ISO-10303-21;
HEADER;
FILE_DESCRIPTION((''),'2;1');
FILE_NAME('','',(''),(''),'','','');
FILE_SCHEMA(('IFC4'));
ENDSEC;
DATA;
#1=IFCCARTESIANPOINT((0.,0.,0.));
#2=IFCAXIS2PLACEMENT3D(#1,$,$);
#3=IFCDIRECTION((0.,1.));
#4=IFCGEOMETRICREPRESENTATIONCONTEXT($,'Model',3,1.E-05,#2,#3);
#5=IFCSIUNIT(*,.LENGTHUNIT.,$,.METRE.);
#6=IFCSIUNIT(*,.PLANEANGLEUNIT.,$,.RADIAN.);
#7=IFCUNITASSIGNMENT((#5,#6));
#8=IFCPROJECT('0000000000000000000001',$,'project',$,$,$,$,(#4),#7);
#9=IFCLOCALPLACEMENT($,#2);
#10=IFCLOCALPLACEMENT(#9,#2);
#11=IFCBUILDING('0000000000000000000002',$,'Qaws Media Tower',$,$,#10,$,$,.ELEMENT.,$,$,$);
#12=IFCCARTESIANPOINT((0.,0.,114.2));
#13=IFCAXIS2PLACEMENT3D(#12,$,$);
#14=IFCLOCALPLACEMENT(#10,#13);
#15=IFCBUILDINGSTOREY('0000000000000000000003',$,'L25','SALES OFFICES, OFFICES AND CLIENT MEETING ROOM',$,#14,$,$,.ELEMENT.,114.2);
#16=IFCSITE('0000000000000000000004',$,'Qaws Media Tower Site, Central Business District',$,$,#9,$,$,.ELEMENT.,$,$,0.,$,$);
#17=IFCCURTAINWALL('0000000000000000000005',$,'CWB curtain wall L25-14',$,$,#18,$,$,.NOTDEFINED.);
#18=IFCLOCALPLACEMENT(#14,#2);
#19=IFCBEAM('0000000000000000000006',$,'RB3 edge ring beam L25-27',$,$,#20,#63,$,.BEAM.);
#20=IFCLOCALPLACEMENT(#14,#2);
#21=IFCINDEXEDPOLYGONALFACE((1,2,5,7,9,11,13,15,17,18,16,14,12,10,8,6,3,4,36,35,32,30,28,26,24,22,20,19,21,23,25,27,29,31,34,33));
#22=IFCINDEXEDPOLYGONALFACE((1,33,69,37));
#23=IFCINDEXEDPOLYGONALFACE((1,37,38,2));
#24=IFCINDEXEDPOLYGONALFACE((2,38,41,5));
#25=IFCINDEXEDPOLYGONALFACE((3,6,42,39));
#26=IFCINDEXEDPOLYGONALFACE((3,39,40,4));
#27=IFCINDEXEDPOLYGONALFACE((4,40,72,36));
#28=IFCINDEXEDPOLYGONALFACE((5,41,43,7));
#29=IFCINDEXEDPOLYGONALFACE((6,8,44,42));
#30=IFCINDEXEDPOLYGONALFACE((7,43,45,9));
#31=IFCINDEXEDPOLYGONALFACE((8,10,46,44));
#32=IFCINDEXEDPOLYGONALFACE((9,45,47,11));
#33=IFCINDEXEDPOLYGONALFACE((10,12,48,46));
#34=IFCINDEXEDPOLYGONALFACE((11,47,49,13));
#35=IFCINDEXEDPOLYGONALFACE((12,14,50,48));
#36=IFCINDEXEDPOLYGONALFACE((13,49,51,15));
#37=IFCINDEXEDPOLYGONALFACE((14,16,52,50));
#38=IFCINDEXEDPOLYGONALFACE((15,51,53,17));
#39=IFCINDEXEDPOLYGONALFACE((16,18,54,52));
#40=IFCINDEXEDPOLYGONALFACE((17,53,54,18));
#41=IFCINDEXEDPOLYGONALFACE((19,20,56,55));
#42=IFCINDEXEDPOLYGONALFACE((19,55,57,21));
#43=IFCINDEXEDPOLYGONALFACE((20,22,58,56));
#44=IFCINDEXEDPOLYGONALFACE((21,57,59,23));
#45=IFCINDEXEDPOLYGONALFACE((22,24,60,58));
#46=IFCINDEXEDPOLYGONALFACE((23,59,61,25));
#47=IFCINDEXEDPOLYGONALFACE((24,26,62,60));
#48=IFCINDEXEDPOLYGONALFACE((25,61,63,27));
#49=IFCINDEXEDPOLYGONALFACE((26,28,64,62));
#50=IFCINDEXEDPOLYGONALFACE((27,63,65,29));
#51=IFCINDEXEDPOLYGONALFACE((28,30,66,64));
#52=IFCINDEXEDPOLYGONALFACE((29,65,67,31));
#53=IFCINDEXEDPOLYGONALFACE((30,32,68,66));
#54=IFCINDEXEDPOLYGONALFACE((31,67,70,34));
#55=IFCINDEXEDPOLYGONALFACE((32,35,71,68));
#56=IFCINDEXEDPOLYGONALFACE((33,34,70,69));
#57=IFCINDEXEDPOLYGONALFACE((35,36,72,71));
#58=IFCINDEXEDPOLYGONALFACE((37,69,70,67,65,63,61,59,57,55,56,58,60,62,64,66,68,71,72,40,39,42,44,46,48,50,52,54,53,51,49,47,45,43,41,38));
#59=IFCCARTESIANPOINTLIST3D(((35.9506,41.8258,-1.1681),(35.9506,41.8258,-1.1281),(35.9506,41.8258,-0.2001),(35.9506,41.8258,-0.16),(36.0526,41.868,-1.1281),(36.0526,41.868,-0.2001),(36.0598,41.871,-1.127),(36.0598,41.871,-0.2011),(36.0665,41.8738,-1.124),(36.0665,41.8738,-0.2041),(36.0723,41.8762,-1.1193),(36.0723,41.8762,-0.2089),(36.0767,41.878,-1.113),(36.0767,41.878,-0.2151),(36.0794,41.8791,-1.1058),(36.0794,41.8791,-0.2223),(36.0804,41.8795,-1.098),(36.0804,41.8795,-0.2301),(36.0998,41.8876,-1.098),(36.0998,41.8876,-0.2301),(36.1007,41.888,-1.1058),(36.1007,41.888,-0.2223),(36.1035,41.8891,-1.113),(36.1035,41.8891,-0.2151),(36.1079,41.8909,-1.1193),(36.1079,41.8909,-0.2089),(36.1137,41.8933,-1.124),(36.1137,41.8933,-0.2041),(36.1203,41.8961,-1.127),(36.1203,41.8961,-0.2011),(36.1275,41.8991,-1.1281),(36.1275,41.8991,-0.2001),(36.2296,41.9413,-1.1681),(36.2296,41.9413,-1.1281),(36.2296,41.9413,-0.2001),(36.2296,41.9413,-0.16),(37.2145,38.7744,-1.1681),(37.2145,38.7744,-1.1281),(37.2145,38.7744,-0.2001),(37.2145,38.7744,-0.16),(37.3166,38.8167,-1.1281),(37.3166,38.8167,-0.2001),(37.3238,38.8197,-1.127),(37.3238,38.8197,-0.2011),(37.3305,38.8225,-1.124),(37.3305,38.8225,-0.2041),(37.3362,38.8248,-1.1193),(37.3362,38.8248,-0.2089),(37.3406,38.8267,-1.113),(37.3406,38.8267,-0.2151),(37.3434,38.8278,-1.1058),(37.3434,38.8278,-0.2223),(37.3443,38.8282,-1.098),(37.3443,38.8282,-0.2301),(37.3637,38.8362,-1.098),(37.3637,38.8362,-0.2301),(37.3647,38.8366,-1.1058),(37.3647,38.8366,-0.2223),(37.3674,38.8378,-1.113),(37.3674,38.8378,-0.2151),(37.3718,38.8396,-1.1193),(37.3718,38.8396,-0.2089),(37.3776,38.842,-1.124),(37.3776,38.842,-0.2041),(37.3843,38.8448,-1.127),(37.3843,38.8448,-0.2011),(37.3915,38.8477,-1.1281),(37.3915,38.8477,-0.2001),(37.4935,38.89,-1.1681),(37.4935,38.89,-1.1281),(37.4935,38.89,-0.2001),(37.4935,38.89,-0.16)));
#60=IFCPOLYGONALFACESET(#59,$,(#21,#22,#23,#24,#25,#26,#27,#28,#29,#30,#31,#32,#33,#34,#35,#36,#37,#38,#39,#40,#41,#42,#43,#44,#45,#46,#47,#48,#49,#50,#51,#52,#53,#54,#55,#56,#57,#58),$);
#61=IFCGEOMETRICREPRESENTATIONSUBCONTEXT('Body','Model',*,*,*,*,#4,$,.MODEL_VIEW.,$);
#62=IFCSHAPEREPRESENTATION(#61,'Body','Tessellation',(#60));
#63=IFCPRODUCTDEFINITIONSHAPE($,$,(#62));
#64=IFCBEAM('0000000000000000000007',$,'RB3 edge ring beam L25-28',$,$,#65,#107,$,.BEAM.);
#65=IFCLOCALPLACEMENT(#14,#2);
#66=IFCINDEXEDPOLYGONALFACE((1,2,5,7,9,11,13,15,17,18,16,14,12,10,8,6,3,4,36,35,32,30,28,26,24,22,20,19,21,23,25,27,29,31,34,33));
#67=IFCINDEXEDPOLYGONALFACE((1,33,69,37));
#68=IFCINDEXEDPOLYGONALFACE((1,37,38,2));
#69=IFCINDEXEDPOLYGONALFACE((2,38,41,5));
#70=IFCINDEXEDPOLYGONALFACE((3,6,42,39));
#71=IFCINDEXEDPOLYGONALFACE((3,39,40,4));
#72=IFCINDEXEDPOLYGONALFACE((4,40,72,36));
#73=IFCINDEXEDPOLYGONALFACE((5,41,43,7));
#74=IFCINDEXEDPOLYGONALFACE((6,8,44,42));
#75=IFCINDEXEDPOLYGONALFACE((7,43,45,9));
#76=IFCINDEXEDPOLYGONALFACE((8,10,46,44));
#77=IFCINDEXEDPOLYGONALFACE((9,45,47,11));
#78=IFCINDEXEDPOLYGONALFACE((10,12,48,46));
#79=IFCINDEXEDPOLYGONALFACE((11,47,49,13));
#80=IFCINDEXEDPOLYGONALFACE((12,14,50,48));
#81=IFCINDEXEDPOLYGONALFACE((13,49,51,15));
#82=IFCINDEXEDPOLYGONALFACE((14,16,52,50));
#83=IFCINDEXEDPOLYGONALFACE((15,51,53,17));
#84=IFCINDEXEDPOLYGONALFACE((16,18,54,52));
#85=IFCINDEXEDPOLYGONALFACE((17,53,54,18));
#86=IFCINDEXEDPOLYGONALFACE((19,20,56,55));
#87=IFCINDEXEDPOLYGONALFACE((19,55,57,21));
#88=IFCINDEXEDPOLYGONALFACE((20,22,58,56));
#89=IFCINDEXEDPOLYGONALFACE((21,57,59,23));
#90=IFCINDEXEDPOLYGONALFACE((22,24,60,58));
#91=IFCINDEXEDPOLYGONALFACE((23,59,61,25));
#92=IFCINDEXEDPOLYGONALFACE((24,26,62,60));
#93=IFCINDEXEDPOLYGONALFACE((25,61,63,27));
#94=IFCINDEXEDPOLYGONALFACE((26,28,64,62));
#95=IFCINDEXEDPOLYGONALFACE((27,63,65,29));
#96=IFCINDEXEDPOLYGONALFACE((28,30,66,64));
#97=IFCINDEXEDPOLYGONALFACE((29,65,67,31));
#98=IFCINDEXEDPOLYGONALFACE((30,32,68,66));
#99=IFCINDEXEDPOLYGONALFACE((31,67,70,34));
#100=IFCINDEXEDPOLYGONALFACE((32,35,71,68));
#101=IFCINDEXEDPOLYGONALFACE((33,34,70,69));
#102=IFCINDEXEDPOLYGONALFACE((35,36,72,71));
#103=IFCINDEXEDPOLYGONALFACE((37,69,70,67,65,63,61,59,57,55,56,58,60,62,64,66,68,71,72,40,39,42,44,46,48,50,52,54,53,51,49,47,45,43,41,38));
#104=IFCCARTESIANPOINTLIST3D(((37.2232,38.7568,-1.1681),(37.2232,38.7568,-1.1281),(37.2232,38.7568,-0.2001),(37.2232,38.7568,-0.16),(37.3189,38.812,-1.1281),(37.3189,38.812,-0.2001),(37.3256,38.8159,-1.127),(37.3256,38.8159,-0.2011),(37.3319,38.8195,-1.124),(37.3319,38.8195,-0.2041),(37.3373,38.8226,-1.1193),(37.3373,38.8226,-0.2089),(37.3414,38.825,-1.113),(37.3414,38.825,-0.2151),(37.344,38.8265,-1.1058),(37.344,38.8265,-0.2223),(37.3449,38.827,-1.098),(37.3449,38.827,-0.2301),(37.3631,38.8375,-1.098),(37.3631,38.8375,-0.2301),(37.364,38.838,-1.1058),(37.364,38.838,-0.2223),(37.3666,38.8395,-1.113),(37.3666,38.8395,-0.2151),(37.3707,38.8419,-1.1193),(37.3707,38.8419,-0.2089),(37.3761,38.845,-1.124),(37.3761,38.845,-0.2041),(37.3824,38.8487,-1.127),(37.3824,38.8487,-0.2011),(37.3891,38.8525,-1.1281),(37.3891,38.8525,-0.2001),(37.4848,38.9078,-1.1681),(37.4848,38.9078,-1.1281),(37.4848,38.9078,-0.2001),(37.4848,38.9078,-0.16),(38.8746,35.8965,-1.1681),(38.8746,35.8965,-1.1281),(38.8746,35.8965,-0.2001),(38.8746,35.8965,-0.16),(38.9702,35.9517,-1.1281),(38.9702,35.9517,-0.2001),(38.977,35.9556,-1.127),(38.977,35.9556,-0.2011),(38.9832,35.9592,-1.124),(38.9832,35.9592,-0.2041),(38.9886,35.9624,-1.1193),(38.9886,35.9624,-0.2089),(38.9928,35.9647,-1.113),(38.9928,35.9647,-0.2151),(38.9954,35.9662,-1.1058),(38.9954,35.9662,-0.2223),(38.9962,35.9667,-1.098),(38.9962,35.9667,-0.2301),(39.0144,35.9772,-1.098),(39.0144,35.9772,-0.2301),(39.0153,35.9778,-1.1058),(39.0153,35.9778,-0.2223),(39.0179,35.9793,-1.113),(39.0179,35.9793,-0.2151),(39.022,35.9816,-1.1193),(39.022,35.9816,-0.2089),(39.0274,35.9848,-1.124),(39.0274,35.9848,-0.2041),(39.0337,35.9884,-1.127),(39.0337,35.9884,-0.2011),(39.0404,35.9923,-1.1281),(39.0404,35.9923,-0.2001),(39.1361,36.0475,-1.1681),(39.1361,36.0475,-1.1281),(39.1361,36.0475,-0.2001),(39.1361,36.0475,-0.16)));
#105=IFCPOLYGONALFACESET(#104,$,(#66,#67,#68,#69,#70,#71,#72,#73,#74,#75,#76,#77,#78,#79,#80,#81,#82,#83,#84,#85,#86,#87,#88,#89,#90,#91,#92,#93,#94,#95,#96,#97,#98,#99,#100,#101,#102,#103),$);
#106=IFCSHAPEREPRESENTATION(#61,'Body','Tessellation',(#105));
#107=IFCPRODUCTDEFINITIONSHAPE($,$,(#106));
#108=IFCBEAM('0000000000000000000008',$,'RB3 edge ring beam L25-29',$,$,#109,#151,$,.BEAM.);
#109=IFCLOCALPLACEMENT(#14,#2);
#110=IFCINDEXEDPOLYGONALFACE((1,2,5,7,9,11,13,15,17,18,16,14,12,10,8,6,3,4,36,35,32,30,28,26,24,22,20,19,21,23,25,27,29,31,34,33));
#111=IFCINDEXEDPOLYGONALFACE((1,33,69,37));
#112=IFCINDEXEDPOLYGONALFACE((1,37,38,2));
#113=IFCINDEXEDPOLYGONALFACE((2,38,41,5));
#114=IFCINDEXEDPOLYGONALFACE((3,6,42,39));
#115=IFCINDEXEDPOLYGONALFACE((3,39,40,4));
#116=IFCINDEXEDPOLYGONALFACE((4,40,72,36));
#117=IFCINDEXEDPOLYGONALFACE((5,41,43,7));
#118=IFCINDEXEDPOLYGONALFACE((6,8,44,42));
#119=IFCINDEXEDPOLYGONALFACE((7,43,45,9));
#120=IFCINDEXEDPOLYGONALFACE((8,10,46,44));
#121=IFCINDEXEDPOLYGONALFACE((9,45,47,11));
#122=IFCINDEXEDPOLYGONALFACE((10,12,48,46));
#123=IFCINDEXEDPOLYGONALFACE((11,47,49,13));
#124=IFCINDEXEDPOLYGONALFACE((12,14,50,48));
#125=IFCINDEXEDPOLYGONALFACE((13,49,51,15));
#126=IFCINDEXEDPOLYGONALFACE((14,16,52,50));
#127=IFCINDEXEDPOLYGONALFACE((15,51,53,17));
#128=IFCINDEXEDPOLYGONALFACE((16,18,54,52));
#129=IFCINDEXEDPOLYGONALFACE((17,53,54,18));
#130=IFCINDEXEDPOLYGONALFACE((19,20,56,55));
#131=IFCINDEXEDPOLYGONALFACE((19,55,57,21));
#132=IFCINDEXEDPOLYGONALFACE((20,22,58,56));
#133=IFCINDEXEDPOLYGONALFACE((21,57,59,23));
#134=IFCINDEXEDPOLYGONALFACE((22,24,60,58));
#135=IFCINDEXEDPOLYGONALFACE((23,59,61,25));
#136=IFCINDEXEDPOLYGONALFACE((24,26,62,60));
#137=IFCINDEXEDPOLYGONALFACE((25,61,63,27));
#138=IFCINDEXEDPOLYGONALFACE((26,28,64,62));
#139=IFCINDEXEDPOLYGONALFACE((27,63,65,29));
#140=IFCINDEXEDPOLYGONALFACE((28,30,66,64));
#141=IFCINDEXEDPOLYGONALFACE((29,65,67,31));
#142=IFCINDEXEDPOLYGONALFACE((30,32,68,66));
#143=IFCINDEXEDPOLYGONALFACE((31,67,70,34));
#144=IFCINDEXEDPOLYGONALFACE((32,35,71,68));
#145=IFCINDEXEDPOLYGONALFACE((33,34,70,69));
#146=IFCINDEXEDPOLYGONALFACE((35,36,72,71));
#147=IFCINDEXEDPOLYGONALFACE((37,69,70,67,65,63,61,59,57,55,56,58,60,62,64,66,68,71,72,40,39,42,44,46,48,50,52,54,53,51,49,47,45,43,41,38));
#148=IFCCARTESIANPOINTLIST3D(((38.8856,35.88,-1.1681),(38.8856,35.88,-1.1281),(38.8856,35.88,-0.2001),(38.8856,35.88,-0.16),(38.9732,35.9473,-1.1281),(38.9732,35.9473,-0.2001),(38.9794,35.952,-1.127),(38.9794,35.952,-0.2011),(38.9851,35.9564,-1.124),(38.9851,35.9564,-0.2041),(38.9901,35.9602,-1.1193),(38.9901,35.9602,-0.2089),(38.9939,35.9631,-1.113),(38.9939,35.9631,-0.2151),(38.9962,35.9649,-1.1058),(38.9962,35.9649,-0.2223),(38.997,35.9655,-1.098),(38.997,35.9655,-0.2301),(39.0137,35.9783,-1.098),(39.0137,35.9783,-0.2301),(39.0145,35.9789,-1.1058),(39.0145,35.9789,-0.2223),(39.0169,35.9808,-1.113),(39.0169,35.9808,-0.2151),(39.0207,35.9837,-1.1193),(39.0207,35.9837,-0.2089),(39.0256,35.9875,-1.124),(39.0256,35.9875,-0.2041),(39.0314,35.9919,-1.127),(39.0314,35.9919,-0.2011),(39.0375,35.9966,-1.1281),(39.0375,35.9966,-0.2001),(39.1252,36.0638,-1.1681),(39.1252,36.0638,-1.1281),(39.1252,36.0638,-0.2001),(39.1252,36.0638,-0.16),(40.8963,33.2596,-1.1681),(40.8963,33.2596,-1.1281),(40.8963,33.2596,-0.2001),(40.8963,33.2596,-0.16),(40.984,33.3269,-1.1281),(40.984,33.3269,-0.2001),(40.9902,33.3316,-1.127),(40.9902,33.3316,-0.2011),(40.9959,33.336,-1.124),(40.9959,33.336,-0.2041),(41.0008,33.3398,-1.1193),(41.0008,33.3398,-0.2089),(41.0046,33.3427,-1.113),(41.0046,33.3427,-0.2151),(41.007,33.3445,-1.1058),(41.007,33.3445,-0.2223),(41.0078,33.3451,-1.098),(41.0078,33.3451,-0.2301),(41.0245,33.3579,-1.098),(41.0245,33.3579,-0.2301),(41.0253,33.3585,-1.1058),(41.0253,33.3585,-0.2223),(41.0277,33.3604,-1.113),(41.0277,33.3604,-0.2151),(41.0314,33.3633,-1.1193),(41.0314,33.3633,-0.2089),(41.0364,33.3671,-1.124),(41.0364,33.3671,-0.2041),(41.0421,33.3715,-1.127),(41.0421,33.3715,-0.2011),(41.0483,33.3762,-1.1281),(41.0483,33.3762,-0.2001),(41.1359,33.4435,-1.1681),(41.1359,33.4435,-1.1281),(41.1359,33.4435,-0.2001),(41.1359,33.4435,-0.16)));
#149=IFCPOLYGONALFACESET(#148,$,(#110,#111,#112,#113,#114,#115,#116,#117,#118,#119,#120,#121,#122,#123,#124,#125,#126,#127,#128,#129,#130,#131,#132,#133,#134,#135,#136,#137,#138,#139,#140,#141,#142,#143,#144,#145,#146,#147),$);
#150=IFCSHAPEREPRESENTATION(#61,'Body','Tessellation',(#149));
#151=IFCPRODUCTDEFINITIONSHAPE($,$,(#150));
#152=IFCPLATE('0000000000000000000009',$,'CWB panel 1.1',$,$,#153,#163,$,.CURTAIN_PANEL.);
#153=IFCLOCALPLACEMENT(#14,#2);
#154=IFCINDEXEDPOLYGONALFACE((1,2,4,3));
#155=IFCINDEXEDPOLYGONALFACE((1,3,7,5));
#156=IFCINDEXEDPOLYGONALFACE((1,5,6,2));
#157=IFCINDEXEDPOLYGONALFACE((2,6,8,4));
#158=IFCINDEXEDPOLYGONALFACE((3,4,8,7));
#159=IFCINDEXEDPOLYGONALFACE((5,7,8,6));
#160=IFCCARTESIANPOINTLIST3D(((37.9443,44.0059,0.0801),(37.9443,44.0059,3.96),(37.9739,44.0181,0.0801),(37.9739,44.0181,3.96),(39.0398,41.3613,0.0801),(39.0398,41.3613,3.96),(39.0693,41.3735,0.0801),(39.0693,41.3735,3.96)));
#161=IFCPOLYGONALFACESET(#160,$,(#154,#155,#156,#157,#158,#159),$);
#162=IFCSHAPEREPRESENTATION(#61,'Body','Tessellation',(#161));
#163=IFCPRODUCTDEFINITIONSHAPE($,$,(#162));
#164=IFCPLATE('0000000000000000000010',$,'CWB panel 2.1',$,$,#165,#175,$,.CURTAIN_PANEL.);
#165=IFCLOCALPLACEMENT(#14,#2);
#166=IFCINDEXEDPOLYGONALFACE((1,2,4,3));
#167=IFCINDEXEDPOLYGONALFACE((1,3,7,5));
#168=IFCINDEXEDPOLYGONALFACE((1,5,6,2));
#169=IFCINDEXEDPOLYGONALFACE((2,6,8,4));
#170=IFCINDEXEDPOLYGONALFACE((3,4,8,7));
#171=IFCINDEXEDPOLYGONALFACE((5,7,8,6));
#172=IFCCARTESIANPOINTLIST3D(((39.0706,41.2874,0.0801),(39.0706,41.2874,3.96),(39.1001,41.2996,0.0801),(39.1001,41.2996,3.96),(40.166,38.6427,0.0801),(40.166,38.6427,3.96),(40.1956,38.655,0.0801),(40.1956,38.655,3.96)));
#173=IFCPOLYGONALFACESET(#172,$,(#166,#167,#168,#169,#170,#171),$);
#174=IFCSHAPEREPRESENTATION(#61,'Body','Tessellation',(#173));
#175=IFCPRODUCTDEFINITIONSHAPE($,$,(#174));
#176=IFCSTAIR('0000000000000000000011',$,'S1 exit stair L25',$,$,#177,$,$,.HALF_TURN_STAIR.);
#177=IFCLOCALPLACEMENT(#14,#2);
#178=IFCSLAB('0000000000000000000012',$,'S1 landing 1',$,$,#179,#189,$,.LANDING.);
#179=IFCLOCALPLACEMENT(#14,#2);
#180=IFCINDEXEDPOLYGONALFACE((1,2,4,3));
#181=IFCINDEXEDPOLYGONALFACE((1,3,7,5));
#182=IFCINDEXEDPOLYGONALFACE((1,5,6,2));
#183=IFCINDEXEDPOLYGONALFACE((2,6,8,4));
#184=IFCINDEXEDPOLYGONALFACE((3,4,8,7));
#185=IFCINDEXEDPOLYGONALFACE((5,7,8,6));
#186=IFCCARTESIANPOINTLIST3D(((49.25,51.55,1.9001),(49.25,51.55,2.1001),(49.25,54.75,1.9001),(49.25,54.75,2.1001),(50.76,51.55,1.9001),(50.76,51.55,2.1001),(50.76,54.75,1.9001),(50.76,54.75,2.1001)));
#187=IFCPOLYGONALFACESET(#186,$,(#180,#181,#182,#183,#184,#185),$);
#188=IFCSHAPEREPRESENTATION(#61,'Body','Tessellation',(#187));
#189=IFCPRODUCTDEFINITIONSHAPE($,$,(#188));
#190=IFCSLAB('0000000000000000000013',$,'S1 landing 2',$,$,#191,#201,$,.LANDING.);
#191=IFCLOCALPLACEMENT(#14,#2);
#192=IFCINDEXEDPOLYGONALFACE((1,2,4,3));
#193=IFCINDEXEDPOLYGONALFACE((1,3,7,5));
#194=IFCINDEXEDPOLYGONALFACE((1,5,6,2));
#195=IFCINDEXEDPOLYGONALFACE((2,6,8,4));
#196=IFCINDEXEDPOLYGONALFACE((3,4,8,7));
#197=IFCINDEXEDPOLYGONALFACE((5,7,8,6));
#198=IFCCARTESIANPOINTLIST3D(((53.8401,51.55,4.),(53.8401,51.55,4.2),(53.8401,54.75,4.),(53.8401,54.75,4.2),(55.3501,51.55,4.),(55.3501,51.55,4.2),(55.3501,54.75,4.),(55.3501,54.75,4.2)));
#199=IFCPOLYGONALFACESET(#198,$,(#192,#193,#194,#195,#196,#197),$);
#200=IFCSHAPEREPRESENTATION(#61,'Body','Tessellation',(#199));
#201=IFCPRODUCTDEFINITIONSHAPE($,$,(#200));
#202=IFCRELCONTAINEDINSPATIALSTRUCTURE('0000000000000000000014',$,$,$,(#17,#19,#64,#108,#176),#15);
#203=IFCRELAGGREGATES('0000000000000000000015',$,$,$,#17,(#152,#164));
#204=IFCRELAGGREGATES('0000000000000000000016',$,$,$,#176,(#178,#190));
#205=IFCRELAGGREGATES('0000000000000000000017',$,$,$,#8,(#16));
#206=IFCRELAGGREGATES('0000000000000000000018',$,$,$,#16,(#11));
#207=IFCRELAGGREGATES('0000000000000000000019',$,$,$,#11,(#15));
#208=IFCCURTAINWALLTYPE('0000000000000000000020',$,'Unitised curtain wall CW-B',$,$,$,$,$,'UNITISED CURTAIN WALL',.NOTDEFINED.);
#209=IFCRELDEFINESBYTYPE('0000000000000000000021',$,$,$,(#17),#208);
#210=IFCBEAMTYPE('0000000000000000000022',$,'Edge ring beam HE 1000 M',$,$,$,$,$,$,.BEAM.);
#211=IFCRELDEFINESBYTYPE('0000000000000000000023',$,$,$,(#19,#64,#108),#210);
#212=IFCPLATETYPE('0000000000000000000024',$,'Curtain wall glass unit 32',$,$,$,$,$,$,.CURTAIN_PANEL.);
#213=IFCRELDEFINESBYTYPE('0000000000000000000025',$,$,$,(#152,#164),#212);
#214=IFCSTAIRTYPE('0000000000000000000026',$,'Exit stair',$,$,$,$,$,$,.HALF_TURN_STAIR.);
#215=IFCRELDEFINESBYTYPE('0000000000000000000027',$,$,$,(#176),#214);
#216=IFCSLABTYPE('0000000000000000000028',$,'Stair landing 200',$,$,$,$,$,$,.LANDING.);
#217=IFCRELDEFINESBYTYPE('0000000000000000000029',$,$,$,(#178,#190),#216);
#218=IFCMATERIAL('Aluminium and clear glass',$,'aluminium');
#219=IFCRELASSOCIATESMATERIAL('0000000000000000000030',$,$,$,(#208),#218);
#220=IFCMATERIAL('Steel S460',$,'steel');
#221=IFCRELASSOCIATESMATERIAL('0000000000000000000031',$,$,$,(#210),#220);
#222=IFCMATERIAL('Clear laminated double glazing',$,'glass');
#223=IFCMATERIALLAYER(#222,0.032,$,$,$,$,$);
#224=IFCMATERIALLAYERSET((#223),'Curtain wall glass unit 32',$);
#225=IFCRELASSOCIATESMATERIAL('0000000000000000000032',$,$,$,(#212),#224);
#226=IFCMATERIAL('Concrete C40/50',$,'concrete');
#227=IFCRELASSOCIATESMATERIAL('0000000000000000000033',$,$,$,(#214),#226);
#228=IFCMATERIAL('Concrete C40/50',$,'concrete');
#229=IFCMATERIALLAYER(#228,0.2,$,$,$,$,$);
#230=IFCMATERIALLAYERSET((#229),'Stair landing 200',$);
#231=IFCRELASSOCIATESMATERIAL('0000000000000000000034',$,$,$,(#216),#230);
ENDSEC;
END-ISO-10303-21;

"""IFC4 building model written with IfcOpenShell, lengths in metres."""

from ifc_helpers import new_model, si_unit, direction, frame, origin, origin_2d, place, context, subcontext, project, spatial, polyline, rectangle, i_section, outline, extrude, material, layer, layer_set, material_profile, profile_set, type_object, element, aggregate, save


model = new_model("IFC4")

# Units and contexts
model_context = context("Model", 3, precision=1e-05, world=origin(), true_north=direction((0.0, 1.0)))
body_context = subcontext(model_context, "Body", "Model", "MODEL_VIEW")
ifc_project = project(units=[si_unit("LENGTHUNIT", "METRE"), si_unit("PLANEANGLEUNIT", "RADIAN")], contexts=[model_context])

# Site, building, storey
site_placement = place(None, origin())
site = spatial("IfcSite", under=ifc_project, at=site_placement, Name="Qaws Media Tower Site, Central Business District", CompositionType="ELEMENT", RefElevation=0.0)
building_placement = place(site_placement, origin())
building = spatial("IfcBuilding", under=site, at=building_placement, Name="Qaws Media Tower", CompositionType="ELEMENT")
storey_placement = place(building_placement, frame((0.0, 0.0, 114.2)))
storey = spatial("IfcBuildingStorey", under=building, at=storey_placement, Name="L25", Description="SALES OFFICES, OFFICES AND CLIENT MEETING ROOM", CompositionType="ELEMENT", Elevation=114.2)

# Curtain wall
ifc_material_1 = material(Name="Aluminium and clear glass", Category="aluminium")
curtain_wall_type = type_object("IfcCurtainWallType", Name="Unitised curtain wall CW-B", ElementType="UNITISED CURTAIN WALL", PredefinedType="NOTDEFINED", material=ifc_material_1)
curtain_wall_placement = place(storey_placement, origin())
curtain_wall = element("IfcCurtainWall", 1, at=curtain_wall_placement, inside=storey, type_object=curtain_wall_type, Name="CWB curtain wall L25-14", PredefinedType="NOTDEFINED")

# Beams
ifc_material_2 = material(Name="Steel S460", Category="steel")
ifc_material_profile_1 = material_profile(ifc_material_2, i_section(OverallWidth=0.302, OverallDepth=1.0081, WebThickness=0.021, FlangeThickness=0.04, FilletRadius=0.03, at=origin_2d()), Name="HE 1000 M")
ifc_profile_set_1 = profile_set([ifc_material_profile_1], Name="Steel S460")
beam_type = type_object("IfcBeamType", Name="Edge ring beam HE 1000 M", PredefinedType="BEAM", material=ifc_profile_set_1)
for number, where, z_axis, x_axis, name in (
    (2, (36.0901, 41.8835, -0.6641), (0.382693, -0.923875, 0.0), (0.923875, 0.382693, 0.0), "RB3 edge ring beam L25-27"),
    (3, (37.354, 38.8323, -0.6641), (0.499987, -0.866033, 0.0), (0.866033, 0.499987, 0.0), "RB3 edge ring beam L25-28"),
):
    element("IfcBeam", number, at=place(storey_placement, frame(where, z_axis=z_axis, x_axis=x_axis)), inside=storey, type_object=beam_type, Name=name, PredefinedType="BEAM", context=body_context, shape_type="SweptSolid", body=[
        extrude(i_section(OverallWidth=0.302, OverallDepth=1.0081, WebThickness=0.021, FlangeThickness=0.04, FilletRadius=0.03, at=origin_2d()), origin(), (0.0, 0.0, 1.0), 3.3027),
    ])
beam_placement = place(storey_placement, frame((39.0054, 35.9719, -0.6641), z_axis=(0.608774, -0.793343, 0.0), x_axis=(0.793343, 0.608774, 0.0)))
element("IfcBeam", 4, at=beam_placement, inside=storey, type_object=beam_type, Name="RB3 edge ring beam L25-29", PredefinedType="BEAM", context=body_context, shape_type="SweptSolid", body=[
    extrude(i_section(OverallWidth=0.302, OverallDepth=1.0081, WebThickness=0.021, FlangeThickness=0.04, FilletRadius=0.03, at=origin_2d()), origin(), (0.0, 0.0, 1.0), 3.303),
])

# Plates
ifc_material_3 = material(Name="Clear laminated double glazing", Category="glass")
ifc_layer_1 = layer(ifc_material_3, 0.032)
ifc_layer_set_1 = layer_set([ifc_layer_1], Name="Curtain wall glass unit 32")
plate_type = type_object("IfcPlateType", Name="Curtain wall glass unit 32", PredefinedType="CURTAIN_PANEL", material=ifc_layer_set_1)
plate_1_placement = place(storey_placement, frame((38.5068, 42.6897, 0.0801), z_axis=(0.0, 0.0, 1.0), x_axis=(0.382683, -0.92388, 0.0)))
plate_1 = element("IfcPlate", 5, at=plate_1_placement, type_object=plate_type, Name="CWB panel 1.1", PredefinedType="CURTAIN_PANEL", context=body_context, shape_type="SweptSolid", body=[
    extrude(rectangle(XDim=2.8625, YDim=0.032, at=origin_2d()), origin(), (0.0, 0.0, 1.0), 3.8799),
])
plate_2_placement = place(storey_placement, frame((39.6331, 39.9712, 0.0801), z_axis=(0.0, 0.0, 1.0), x_axis=(0.382683, -0.92388, 0.0)))
plate_2 = element("IfcPlate", 6, at=plate_2_placement, type_object=plate_type, Name="CWB panel 2.1", PredefinedType="CURTAIN_PANEL", context=body_context, shape_type="SweptSolid", body=[
    extrude(rectangle(XDim=2.8625, YDim=0.032, at=origin_2d()), origin(), (0.0, 0.0, 1.0), 3.8799),
])
aggregate(curtain_wall, [plate_1, plate_2])

# Stair, slabs
ifc_material_4 = material(Name="Concrete C40/50", Category="concrete")
stair_type = type_object("IfcStairType", Name="Exit stair", PredefinedType="HALF_TURN_STAIR", material=ifc_material_4)
stair_1_placement = place(storey_placement, origin())
stair_1 = element("IfcStair", 7, at=stair_1_placement, inside=storey, type_object=stair_type, Name="S1 exit stair L25", PredefinedType="HALF_TURN_STAIR")
ifc_material_5 = material(Name="Concrete C40/50", Category="concrete")
ifc_layer_2 = layer(ifc_material_5, 0.2)
ifc_layer_set_2 = layer_set([ifc_layer_2], Name="Stair landing 200")
slab_type = type_object("IfcSlabType", Name="Stair landing 200", PredefinedType="LANDING", material=ifc_layer_set_2)
slab_1_placement = place(storey_placement, frame((0.0, 0.0, 1.9001)))
slab_1 = element("IfcSlab", 8, at=slab_1_placement, type_object=slab_type, Name="S1 landing 1", PredefinedType="LANDING", context=body_context, shape_type="SweptSolid", body=[
    extrude(outline(polyline([(49.25, 51.55), (50.76, 51.55), (50.76, 54.75), (49.25, 54.75), (49.25, 51.55)])), origin(), (0.0, 0.0, 1.0), 0.2),
])
slab_2_placement = place(storey_placement, frame((0.0, 0.0, 4.0)))
slab_2 = element("IfcSlab", 9, at=slab_2_placement, type_object=slab_type, Name="S1 landing 2", PredefinedType="LANDING", context=body_context, shape_type="SweptSolid", body=[
    extrude(outline(polyline([(53.8401, 51.55), (55.3501, 51.55), (55.3501, 54.75), (53.8401, 54.75), (53.8401, 51.55)])), origin(), (0.0, 0.0, 1.0), 0.2),
])
aggregate(stair_1, [slab_1, slab_2])

save(model, "model.ifc")
